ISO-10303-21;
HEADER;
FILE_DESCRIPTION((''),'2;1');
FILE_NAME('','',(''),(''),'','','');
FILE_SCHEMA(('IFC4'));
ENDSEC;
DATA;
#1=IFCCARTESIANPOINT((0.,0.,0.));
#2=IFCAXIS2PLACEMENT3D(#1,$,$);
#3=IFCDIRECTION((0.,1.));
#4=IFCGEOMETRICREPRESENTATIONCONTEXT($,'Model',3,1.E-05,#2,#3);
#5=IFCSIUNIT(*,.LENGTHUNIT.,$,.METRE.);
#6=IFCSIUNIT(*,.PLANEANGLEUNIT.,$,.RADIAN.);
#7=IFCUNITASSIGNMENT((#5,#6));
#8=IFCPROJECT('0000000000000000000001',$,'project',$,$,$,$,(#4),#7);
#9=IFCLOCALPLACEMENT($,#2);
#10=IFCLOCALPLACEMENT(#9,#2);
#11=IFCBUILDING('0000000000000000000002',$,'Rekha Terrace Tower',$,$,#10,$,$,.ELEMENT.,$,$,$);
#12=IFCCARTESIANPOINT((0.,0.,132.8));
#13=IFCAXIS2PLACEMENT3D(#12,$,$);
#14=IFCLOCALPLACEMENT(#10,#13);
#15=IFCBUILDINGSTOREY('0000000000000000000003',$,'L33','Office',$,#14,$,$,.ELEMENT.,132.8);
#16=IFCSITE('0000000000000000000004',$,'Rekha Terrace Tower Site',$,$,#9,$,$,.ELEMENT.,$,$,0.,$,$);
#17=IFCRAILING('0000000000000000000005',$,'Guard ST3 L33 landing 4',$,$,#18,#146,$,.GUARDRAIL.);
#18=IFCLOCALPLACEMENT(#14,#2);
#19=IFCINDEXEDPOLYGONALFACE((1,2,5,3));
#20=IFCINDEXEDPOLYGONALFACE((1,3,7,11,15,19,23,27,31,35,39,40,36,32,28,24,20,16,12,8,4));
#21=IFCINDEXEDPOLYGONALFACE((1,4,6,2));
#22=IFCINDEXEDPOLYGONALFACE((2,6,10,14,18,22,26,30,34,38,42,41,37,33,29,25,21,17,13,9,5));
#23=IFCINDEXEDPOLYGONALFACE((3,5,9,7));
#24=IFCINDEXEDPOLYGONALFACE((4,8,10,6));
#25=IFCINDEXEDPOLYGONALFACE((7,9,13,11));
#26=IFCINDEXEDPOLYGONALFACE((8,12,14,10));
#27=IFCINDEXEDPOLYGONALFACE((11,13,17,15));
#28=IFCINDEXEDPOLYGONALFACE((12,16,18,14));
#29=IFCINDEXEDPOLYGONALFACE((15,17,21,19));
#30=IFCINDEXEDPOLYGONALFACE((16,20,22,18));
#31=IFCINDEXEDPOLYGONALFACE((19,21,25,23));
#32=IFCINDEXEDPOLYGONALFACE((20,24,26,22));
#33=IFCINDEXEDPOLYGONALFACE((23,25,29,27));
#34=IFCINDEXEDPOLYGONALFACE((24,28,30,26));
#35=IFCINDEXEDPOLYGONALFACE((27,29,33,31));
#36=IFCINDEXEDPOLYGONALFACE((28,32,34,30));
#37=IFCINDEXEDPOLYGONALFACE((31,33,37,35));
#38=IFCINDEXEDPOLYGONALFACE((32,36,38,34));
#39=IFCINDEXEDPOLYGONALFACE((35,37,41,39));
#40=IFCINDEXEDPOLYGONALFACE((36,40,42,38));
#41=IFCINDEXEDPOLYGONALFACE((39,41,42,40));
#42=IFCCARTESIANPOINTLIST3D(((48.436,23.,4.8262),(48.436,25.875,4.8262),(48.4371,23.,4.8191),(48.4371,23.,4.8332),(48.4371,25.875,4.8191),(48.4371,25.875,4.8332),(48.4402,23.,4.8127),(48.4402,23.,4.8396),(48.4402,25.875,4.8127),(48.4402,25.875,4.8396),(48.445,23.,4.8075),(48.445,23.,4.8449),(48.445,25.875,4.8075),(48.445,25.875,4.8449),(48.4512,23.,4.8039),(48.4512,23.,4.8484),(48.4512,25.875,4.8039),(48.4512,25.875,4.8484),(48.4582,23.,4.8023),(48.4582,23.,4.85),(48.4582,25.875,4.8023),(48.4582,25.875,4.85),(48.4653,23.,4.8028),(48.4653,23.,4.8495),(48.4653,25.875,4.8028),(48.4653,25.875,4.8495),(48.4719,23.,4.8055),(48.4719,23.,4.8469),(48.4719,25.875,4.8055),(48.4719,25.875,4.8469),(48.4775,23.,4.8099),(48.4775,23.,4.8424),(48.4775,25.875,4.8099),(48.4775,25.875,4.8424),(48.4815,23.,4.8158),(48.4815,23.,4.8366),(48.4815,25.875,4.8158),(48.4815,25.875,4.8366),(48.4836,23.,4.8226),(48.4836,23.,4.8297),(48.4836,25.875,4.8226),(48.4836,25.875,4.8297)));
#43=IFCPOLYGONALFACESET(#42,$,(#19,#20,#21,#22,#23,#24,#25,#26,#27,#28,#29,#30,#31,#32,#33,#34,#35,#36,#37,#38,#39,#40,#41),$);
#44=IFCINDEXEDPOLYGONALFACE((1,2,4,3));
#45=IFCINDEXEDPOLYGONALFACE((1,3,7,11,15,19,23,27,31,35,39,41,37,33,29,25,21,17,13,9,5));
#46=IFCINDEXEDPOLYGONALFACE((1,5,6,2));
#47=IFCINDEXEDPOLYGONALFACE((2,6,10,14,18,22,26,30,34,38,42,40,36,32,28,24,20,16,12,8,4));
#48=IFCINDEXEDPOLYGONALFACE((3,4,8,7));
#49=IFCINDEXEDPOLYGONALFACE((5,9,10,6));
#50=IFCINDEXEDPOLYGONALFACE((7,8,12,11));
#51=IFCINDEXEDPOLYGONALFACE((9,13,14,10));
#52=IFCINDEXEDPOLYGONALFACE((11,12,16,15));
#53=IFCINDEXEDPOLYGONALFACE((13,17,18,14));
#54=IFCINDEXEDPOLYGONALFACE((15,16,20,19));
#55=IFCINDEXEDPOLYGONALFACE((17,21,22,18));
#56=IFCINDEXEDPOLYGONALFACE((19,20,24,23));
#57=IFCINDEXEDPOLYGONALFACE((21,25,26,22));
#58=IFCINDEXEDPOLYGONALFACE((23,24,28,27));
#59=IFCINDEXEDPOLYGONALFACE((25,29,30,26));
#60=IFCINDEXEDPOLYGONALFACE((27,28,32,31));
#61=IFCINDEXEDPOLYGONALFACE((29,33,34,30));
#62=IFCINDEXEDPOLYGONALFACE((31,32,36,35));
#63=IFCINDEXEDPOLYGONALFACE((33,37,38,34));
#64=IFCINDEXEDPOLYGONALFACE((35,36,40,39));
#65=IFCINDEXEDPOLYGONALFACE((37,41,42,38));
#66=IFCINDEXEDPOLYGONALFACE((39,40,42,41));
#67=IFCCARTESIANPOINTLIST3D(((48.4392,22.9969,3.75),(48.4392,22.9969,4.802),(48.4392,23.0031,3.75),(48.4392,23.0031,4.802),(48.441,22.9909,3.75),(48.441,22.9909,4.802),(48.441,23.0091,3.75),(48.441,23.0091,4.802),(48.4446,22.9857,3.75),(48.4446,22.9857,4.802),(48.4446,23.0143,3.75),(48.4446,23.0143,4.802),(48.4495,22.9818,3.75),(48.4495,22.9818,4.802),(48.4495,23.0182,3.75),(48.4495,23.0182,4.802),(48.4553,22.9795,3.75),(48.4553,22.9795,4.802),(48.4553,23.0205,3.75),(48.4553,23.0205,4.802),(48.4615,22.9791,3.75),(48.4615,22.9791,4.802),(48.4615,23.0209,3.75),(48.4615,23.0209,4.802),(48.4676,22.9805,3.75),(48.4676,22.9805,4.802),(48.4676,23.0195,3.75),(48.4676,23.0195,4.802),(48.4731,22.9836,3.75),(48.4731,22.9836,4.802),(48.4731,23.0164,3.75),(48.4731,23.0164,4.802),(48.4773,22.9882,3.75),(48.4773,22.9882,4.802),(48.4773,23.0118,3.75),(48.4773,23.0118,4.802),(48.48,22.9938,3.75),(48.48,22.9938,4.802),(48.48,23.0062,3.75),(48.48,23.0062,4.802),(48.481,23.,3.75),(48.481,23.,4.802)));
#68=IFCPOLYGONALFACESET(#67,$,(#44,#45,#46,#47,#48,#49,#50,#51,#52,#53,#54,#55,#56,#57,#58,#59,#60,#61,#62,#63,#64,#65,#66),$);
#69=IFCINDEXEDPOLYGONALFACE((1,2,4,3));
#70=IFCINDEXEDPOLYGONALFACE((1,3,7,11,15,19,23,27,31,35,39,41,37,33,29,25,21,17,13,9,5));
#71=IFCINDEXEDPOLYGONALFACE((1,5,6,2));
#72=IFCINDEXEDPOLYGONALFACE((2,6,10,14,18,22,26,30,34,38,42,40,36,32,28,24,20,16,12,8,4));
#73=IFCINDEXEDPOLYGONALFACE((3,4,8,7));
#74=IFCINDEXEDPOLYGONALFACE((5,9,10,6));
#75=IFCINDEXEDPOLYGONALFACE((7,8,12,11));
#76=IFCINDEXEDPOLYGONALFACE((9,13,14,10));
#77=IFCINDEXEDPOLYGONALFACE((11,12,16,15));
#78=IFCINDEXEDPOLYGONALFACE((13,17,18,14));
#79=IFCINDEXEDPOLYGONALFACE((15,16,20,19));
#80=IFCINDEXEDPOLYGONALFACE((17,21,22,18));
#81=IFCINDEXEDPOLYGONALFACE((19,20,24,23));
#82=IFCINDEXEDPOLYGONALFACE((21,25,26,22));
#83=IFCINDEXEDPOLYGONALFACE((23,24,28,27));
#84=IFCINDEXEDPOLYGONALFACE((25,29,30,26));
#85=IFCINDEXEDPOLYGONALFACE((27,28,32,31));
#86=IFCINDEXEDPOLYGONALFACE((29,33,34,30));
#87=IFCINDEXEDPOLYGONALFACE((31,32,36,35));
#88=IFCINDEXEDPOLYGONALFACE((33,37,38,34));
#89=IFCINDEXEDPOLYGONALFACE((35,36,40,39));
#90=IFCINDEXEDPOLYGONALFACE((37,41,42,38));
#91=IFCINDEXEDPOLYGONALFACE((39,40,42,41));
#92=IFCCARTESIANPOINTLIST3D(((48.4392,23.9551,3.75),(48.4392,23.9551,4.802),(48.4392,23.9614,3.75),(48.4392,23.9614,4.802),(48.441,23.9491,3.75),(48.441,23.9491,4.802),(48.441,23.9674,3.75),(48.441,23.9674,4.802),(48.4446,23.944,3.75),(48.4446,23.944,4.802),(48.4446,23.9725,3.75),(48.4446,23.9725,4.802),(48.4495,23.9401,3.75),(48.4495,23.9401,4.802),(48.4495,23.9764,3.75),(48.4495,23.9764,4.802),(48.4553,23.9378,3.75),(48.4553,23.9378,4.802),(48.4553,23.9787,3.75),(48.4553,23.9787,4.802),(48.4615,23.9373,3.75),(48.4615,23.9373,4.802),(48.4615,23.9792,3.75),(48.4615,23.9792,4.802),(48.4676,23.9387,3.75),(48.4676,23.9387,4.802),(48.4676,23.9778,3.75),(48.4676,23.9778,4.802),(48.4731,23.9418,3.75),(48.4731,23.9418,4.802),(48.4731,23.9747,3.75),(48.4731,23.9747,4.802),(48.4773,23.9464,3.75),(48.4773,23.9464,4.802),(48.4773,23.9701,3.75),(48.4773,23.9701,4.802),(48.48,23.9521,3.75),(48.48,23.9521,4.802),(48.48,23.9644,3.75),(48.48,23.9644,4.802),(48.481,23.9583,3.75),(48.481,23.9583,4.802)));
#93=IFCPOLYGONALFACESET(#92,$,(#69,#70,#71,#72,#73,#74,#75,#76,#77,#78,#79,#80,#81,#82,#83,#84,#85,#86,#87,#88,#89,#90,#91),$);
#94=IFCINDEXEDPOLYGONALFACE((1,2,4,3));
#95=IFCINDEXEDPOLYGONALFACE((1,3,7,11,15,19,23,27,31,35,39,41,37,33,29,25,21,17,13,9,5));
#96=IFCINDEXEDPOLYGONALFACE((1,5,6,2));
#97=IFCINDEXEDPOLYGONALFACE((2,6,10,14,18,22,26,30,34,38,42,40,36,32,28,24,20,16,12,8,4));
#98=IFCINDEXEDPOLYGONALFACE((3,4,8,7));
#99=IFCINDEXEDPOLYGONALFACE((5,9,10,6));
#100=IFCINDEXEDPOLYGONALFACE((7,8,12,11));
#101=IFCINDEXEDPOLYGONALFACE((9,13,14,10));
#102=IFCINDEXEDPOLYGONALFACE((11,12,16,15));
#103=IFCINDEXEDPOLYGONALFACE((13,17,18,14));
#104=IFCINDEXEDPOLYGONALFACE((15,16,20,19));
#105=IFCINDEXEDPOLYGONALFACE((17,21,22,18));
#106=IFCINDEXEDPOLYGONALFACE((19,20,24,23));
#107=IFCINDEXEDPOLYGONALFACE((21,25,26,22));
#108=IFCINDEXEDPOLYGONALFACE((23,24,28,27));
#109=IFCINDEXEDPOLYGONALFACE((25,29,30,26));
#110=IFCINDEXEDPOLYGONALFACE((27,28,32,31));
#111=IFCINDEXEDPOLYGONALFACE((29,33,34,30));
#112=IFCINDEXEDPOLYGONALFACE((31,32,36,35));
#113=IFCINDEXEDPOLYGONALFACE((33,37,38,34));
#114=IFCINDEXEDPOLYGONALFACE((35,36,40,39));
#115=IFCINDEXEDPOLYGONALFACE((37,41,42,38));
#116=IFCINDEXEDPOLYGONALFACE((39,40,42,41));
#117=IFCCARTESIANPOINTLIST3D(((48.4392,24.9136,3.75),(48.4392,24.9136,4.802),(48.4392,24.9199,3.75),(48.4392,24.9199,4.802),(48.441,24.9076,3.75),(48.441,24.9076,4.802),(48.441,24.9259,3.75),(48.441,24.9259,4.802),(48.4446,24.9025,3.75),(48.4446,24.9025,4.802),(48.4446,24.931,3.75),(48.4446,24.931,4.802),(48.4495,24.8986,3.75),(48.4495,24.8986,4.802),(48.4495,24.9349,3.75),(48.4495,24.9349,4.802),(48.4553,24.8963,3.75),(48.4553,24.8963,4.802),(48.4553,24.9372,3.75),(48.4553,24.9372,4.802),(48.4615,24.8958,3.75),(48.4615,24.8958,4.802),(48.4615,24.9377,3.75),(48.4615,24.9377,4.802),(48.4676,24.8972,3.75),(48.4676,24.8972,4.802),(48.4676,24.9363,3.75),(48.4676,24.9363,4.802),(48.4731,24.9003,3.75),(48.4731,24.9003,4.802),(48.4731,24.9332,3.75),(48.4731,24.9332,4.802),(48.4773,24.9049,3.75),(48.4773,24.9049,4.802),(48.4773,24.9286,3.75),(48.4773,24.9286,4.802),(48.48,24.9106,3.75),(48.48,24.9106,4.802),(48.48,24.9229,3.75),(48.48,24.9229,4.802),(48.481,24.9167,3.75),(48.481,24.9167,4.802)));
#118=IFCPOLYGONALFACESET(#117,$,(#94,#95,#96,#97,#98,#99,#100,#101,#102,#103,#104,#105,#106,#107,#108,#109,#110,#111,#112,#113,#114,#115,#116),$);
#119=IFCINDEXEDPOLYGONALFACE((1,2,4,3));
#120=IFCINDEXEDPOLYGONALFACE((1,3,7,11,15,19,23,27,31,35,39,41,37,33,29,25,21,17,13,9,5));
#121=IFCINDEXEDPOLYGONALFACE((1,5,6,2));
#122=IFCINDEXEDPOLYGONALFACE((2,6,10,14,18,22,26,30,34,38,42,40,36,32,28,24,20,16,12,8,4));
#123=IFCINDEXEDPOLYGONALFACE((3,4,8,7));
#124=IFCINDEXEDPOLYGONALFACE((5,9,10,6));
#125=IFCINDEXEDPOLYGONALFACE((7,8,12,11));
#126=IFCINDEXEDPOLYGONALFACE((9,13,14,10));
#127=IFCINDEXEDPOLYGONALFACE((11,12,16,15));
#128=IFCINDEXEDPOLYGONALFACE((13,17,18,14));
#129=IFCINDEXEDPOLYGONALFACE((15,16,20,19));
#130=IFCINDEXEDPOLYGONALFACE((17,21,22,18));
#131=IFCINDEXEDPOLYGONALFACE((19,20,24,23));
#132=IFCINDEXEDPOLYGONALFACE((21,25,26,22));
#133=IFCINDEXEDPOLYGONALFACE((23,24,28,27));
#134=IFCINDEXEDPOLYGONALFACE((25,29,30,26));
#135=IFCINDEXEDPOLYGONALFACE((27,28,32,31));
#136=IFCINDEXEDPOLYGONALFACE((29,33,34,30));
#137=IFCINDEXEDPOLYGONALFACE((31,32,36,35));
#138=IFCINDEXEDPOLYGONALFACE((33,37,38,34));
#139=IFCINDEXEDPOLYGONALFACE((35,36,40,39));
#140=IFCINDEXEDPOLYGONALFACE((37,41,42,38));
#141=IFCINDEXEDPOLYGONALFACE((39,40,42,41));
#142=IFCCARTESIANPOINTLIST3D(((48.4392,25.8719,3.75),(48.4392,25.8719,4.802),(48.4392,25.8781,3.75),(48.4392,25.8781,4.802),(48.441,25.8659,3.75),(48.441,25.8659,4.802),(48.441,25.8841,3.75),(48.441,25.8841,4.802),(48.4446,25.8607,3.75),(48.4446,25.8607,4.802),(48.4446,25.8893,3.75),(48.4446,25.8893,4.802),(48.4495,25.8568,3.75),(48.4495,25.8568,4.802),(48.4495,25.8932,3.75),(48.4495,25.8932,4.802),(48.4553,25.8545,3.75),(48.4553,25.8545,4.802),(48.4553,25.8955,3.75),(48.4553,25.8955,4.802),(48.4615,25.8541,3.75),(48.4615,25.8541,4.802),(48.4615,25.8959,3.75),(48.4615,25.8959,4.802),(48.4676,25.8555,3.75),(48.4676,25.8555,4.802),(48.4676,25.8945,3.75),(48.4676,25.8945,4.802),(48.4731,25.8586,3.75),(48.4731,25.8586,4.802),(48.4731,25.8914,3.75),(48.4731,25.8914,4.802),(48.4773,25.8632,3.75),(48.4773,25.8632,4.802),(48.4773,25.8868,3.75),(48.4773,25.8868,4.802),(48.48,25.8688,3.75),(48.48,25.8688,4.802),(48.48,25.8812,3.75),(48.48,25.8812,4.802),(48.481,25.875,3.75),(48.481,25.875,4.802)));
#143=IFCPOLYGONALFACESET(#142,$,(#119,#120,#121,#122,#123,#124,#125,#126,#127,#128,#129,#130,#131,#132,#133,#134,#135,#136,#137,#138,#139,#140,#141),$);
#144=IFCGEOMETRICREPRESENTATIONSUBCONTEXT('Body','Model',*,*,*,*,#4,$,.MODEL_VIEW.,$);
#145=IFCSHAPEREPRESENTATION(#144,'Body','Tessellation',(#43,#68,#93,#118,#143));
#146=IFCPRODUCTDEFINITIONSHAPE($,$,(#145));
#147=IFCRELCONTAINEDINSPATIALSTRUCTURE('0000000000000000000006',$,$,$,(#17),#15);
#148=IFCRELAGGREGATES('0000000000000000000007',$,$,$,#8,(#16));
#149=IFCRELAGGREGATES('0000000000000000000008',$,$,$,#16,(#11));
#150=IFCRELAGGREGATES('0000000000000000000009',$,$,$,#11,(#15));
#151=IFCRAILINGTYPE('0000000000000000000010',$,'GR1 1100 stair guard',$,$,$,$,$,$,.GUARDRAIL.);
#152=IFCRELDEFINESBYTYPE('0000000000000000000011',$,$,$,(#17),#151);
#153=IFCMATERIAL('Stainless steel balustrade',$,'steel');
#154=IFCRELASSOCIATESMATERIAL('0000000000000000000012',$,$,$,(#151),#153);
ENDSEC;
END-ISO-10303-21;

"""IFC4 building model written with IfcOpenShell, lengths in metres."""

from ifc_helpers import new_model, si_unit, direction, frame, origin, origin_2d, place, context, subcontext, project, spatial, circle, extrude, material, type_object, element, save


model = new_model("IFC4")

# Units and contexts
model_context = context("Model", 3, precision=1e-05, world=origin(), true_north=direction((0.0, 1.0)))
body_context = subcontext(model_context, "Body", "Model", "MODEL_VIEW")
ifc_project = project(units=[si_unit("LENGTHUNIT", "METRE"), si_unit("PLANEANGLEUNIT", "RADIAN")], contexts=[model_context])

# Site, building, storey
site_placement = place(None, origin())
site = spatial("IfcSite", under=ifc_project, at=site_placement, Name="Rekha Terrace Tower Site", CompositionType="ELEMENT", RefElevation=0.0)
building_placement = place(site_placement, origin())
building = spatial("IfcBuilding", under=site, at=building_placement, Name="Rekha Terrace Tower", CompositionType="ELEMENT")
storey_placement = place(building_placement, frame((0.0, 0.0, 132.8)))
storey = spatial("IfcBuildingStorey", under=building, at=storey_placement, Name="L33", Description="Office", CompositionType="ELEMENT", Elevation=132.8)

# Railing
ifc_material_1 = material(Name="Stainless steel balustrade", Category="steel")
railing_type = type_object("IfcRailingType", Name="GR1 1100 stair guard", PredefinedType="GUARDRAIL", material=ifc_material_1)
railing_placement = place(storey_placement, frame((48.46, 23.0, 3.75)))
element("IfcRailing", 1, at=railing_placement, inside=storey, type_object=railing_type, Name="Guard ST3 L33 landing 4", PredefinedType="GUARDRAIL", context=body_context, shape_type="SweptSolid", body=[
    extrude(circle(Radius=0.0239, at=origin_2d()), frame((0.0, 0.0, 1.0762), z_axis=(0.0, 1.0, 0.0), x_axis=(-1.0, 0.0, 0.0)), (0.0, 0.0, 1.0), 2.875),
    extrude(circle(Radius=0.021, at=origin_2d()), origin(), (0.0, 0.0, 1.0), 1.052),
    extrude(circle(Radius=0.021, at=origin_2d()), frame((0.0, 0.9583, 0.0)), (0.0, 0.0, 1.0), 1.052),
    extrude(circle(Radius=0.021, at=origin_2d()), frame((0.0, 1.9167, 0.0)), (0.0, 0.0, 1.0), 1.052),
    extrude(circle(Radius=0.021, at=origin_2d()), frame((0.0, 2.875, 0.0)), (0.0, 0.0, 1.0), 1.052),
])

save(model, "model.ifc")
